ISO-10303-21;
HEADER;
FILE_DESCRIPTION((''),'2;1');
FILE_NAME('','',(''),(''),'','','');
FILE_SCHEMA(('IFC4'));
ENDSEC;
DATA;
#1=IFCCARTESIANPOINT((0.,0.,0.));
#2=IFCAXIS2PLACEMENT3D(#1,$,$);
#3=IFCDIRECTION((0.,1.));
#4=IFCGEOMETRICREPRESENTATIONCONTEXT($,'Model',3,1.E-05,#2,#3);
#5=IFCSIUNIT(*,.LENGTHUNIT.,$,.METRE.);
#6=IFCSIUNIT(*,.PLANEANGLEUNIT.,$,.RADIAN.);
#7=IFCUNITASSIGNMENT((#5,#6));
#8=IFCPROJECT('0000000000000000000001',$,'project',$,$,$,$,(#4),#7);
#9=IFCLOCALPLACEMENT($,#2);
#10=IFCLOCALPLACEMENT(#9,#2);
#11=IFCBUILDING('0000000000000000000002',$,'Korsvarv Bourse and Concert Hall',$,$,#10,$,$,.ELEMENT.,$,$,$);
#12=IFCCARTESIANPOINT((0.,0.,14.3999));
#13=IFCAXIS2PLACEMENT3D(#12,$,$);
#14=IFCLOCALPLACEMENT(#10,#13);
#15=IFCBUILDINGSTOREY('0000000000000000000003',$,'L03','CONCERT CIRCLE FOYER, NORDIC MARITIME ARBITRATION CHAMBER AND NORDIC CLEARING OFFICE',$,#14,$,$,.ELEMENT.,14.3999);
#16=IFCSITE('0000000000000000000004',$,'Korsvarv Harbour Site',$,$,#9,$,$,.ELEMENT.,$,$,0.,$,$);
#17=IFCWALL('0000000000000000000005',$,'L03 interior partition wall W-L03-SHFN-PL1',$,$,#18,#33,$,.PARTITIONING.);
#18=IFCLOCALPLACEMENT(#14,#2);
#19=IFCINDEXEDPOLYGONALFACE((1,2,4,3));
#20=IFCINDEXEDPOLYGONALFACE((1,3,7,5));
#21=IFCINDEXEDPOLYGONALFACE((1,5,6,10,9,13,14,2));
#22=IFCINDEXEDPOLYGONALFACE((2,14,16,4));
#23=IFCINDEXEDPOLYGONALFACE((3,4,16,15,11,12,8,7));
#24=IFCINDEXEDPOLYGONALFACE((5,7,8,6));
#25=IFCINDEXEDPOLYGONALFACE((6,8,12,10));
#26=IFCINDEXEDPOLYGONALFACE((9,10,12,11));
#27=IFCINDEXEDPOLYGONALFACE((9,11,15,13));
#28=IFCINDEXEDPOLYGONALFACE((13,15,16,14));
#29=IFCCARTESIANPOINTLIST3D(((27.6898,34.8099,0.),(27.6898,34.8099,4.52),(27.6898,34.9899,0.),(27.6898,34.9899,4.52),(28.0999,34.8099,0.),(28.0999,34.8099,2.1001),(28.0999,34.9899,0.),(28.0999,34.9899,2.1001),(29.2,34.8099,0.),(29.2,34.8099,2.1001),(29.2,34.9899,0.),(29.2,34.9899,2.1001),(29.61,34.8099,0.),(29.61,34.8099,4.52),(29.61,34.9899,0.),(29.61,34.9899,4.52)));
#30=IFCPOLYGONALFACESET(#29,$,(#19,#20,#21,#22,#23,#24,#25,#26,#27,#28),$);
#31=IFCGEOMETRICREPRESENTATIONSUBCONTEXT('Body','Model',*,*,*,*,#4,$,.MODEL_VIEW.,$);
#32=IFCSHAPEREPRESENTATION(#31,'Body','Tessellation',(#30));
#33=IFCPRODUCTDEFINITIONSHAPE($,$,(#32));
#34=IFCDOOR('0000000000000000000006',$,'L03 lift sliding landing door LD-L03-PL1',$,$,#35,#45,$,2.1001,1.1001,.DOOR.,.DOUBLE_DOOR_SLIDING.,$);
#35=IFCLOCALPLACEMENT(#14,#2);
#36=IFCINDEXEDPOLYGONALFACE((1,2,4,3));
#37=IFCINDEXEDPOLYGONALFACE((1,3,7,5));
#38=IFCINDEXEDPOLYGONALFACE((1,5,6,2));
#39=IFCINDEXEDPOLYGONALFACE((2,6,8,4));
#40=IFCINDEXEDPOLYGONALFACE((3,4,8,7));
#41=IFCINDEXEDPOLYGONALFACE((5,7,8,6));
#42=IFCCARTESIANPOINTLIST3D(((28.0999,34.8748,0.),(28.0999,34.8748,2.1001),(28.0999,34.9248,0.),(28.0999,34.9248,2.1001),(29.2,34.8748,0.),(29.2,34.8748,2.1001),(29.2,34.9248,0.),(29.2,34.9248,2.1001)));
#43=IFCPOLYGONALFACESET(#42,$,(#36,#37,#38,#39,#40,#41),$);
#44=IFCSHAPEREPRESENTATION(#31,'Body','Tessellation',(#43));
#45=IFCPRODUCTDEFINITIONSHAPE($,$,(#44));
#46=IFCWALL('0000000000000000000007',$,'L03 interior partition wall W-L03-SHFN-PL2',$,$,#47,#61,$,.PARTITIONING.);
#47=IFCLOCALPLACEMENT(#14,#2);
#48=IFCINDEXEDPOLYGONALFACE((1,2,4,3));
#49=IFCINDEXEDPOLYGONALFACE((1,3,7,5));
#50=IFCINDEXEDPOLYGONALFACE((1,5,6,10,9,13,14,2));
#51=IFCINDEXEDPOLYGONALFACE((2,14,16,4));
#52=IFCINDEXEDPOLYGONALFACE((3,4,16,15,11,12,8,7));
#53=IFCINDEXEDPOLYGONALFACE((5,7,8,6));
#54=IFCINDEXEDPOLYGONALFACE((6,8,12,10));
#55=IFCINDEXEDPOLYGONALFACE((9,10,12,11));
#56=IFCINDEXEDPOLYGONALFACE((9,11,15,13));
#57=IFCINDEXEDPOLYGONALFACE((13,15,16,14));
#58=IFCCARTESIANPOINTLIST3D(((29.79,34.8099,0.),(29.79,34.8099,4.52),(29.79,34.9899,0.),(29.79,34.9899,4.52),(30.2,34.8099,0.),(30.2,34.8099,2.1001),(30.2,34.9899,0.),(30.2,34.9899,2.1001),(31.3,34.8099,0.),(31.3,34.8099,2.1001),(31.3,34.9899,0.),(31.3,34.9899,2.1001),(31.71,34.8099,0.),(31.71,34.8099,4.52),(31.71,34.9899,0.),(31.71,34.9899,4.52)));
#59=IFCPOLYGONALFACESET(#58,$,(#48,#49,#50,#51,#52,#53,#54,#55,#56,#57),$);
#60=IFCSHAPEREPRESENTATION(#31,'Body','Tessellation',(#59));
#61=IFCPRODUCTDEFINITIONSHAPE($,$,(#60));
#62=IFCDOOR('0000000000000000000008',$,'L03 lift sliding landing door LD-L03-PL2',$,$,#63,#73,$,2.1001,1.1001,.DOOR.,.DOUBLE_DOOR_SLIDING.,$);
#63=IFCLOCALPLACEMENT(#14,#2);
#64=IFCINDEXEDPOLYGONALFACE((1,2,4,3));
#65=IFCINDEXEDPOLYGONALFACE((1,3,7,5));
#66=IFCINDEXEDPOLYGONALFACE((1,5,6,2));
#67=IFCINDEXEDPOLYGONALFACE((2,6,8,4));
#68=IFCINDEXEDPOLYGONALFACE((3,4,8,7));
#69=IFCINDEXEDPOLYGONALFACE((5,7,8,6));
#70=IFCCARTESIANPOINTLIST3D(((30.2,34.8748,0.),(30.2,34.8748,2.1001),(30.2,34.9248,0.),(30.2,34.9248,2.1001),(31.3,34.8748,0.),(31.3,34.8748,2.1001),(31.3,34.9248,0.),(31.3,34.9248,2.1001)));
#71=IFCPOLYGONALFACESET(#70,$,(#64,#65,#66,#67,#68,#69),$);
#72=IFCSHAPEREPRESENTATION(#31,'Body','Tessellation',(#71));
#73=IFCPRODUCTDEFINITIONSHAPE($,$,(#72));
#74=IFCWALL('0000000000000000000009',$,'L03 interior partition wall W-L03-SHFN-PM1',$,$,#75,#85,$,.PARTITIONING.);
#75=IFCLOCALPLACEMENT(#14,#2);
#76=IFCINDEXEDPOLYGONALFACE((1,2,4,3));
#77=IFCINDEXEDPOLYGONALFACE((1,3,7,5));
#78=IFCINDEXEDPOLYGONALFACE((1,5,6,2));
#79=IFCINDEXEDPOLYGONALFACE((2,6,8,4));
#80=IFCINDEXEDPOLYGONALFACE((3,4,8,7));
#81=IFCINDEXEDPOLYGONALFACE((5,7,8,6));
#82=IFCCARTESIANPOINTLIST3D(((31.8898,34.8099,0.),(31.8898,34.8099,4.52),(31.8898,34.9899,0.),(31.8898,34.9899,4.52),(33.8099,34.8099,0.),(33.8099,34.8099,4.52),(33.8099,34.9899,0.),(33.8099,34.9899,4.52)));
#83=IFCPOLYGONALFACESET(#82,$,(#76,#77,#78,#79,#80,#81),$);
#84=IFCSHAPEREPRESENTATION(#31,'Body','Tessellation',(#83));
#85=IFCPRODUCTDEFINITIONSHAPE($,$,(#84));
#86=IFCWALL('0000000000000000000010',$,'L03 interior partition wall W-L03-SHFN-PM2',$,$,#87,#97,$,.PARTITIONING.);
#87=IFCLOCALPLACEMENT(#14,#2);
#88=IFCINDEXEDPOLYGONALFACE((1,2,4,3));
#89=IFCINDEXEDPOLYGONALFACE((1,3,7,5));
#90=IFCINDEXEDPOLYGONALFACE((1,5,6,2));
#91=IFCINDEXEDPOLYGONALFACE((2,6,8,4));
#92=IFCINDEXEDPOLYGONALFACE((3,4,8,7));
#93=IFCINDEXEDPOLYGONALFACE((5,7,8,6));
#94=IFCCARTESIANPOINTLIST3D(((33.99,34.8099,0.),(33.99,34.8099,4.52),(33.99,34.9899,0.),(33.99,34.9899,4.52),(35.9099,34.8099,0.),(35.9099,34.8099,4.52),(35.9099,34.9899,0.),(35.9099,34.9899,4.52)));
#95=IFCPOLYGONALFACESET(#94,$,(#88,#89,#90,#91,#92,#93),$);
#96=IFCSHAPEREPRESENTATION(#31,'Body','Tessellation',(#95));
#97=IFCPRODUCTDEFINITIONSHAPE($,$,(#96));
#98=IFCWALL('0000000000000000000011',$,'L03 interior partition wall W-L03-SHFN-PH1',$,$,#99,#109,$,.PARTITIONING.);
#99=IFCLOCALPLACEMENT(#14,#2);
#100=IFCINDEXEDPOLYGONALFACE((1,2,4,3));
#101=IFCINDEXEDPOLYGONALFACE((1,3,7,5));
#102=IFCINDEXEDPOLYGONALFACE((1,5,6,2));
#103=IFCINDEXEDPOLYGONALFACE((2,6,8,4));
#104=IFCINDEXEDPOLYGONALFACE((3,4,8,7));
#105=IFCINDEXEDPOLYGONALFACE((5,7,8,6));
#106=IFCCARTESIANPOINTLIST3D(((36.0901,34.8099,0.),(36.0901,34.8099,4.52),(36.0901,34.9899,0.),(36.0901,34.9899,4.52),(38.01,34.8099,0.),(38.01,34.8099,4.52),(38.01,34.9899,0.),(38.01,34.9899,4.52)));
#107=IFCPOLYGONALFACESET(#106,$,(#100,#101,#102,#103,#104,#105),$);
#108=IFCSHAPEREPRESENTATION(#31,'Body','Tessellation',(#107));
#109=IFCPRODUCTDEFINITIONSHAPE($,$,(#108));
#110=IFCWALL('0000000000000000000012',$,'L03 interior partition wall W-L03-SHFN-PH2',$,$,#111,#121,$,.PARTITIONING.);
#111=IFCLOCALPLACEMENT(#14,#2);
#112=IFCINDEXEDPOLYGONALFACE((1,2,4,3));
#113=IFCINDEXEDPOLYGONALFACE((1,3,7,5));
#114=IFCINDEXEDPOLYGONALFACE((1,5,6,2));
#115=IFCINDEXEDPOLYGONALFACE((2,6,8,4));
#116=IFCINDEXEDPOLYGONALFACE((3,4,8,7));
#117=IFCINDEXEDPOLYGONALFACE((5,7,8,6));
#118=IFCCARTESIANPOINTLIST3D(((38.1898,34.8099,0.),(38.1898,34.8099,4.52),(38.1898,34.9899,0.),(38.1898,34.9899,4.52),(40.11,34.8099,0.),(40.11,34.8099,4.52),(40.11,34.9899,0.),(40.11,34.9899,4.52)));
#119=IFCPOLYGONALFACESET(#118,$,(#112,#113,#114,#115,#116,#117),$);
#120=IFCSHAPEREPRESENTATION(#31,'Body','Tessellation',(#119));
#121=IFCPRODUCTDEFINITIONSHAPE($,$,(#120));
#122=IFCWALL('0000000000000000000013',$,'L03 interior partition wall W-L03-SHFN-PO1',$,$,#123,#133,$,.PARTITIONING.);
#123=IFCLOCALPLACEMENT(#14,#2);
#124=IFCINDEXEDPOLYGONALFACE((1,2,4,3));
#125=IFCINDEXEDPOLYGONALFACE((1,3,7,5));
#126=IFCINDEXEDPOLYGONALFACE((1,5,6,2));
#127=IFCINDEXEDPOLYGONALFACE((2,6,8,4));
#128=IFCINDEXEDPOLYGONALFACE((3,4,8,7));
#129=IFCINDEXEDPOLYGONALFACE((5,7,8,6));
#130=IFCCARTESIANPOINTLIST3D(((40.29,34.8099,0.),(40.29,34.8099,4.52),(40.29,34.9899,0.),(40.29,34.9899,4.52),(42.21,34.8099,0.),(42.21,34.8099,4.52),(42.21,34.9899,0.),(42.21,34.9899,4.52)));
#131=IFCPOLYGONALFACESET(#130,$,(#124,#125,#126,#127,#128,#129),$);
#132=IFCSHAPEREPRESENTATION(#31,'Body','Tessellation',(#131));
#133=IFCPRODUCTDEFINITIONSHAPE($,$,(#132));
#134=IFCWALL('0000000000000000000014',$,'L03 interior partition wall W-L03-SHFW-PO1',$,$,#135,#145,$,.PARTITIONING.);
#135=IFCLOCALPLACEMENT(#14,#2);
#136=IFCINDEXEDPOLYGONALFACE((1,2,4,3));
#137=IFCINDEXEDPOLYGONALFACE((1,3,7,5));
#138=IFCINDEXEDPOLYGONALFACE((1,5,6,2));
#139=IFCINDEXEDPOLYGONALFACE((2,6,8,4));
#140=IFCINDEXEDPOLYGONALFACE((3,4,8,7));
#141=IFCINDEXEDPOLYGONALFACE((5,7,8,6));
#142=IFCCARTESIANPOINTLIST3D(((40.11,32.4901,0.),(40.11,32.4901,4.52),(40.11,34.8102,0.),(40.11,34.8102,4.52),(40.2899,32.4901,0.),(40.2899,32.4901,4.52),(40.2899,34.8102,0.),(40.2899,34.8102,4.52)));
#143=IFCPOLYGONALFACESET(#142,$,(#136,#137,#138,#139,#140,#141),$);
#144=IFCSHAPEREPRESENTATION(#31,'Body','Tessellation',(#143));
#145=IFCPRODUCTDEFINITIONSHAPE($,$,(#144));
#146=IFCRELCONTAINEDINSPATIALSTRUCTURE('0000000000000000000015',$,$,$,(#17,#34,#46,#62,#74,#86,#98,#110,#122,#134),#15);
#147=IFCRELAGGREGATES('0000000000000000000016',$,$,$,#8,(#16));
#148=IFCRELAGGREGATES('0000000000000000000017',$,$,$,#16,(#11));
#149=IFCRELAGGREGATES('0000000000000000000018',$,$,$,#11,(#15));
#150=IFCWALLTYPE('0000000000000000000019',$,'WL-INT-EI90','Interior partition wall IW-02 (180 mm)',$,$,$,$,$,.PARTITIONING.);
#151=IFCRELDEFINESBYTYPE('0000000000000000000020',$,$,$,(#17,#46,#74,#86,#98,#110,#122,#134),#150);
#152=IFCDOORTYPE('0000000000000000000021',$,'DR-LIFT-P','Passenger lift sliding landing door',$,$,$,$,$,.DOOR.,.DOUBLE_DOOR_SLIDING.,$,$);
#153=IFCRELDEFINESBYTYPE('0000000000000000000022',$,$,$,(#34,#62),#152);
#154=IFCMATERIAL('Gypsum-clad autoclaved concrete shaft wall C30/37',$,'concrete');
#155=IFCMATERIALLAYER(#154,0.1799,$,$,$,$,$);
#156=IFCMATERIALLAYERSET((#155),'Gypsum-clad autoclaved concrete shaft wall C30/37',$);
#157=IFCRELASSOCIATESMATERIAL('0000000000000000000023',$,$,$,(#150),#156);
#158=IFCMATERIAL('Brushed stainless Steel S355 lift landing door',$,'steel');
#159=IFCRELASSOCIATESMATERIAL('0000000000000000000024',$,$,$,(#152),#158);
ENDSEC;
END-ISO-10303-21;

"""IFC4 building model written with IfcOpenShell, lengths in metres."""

from ifc_helpers import new_model, si_unit, direction, frame, frame_2d, origin, place, context, subcontext, project, spatial, rectangle, extrude, material, layer, layer_set, type_object, element, fill, save


model = new_model("IFC4")

# Units and contexts
model_context = context("Model", 3, precision=1e-05, world=origin(), true_north=direction((0.0, 1.0)))
body_context = subcontext(model_context, "Body", "Model", "MODEL_VIEW")
ifc_project = project(units=[si_unit("LENGTHUNIT", "METRE"), si_unit("PLANEANGLEUNIT", "RADIAN")], contexts=[model_context])

# Site, building, storey
site_placement = place(None, origin())
site = spatial("IfcSite", under=ifc_project, at=site_placement, Name="Korsvarv Harbour Site", CompositionType="ELEMENT", RefElevation=0.0)
building_placement = place(site_placement, origin())
building = spatial("IfcBuilding", under=site, at=building_placement, Name="Korsvarv Bourse and Concert Hall", CompositionType="ELEMENT")
storey_placement = place(building_placement, frame((0.0, 0.0, 14.3999)))
storey = spatial("IfcBuildingStorey", under=building, at=storey_placement, Name="L03", Description="CONCERT CIRCLE FOYER, NORDIC MARITIME ARBITRATION CHAMBER AND NORDIC CLEARING OFFICE", CompositionType="ELEMENT", Elevation=14.3999)

# Walls, openings, doors
ifc_material_1 = material(Name="Gypsum-clad autoclaved concrete shaft wall C30/37", Category="concrete")
ifc_layer_1 = layer(ifc_material_1, 0.1799)
ifc_layer_set_1 = layer_set([ifc_layer_1], Name="Gypsum-clad autoclaved concrete shaft wall C30/37")
wall_type_1 = type_object("IfcWallType", Name="WL-INT-EI90", Description="Interior partition wall IW-02 (180 mm)", PredefinedType="PARTITIONING", material=ifc_layer_set_1)
wall_1_placement = place(storey_placement, frame((27.6899, 34.8999, 0.0), z_axis=(0.0, 0.0, 1.0), x_axis=(1.0, 0.0, 0.0)))
wall_1 = element("IfcWall", 1, at=wall_1_placement, inside=storey, type_object=wall_type_1, Name="L03 interior partition wall W-L03-SHFN-PL1", PredefinedType="PARTITIONING", context=body_context, shape_type="SweptSolid", body=[
    extrude(rectangle(XDim=1.9202, YDim=0.1799, at=frame_2d((0.96, 0.0))), origin(), (0.0, 0.0, 1.0), 4.52),
])
opening_1_placement = place(wall_1_placement, frame((0.4099, 0.0, 0.0)))
opening_1 = element("IfcOpeningElement", 2, at=opening_1_placement, cuts=wall_1, PredefinedType="OPENING", context=body_context, shape_type="SweptSolid", body=[
    extrude(rectangle(XDim=1.1001, YDim=2.1001, at=frame_2d((0.55, 1.05))), frame((0.0, 0.1001, 0.0), z_axis=(0.0, -1.0, 0.0), x_axis=(1.0, 0.0, 0.0)), (0.0, 0.0, 1.0), 0.2),
])
ifc_material_2 = material(Name="Brushed stainless Steel S355 lift landing door", Category="steel")
door_type_1 = type_object("IfcDoorType", Name="DR-LIFT-P", Description="Passenger lift sliding landing door", OperationType="DOUBLE_DOOR_SLIDING", PredefinedType="DOOR", material=ifc_material_2)
door_1_placement = place(opening_1_placement, origin())
door_1 = element("IfcDoor", 3, at=door_1_placement, inside=storey, type_object=door_type_1, Name="L03 lift sliding landing door LD-L03-PL1", OperationType="DOUBLE_DOOR_SLIDING", OverallHeight=2.1001, OverallWidth=1.1001, PredefinedType="DOOR", context=body_context, shape_type="SweptSolid", body=[
    extrude(rectangle(XDim=1.1001, YDim=2.1001, at=frame_2d((0.55, 1.05))), frame((0.0, 0.0249, 0.0), z_axis=(0.0, -1.0, 0.0), x_axis=(1.0, 0.0, 0.0)), (0.0, 0.0, 1.0), 0.05),
])
fill(opening_1, door_1)
wall_2_placement = place(storey_placement, frame((29.79, 34.8999, 0.0), z_axis=(0.0, 0.0, 1.0), x_axis=(1.0, 0.0, 0.0)))
wall_2 = element("IfcWall", 4, at=wall_2_placement, inside=storey, type_object=wall_type_1, Name="L03 interior partition wall W-L03-SHFN-PL2", PredefinedType="PARTITIONING", context=body_context, shape_type="SweptSolid", body=[
    extrude(rectangle(XDim=1.9199, YDim=0.1799, at=frame_2d((0.96, 0.0))), origin(), (0.0, 0.0, 1.0), 4.52),
])
opening_2_placement = place(wall_2_placement, frame((0.4099, 0.0, 0.0)))
opening_2 = element("IfcOpeningElement", 5, at=opening_2_placement, cuts=wall_2, PredefinedType="OPENING", context=body_context, shape_type="SweptSolid", body=[
    extrude(rectangle(XDim=1.1001, YDim=2.1001, at=frame_2d((0.55, 1.05))), frame((0.0, 0.1001, 0.0), z_axis=(0.0, -1.0, 0.0), x_axis=(1.0, 0.0, 0.0)), (0.0, 0.0, 1.0), 0.2),
])
door_2_placement = place(opening_2_placement, origin())
door_2 = element("IfcDoor", 6, at=door_2_placement, inside=storey, type_object=door_type_1, Name="L03 lift sliding landing door LD-L03-PL2", OperationType="DOUBLE_DOOR_SLIDING", OverallHeight=2.1001, OverallWidth=1.1001, PredefinedType="DOOR", context=body_context, shape_type="SweptSolid", body=[
    extrude(rectangle(XDim=1.1001, YDim=2.1001, at=frame_2d((0.55, 1.05))), frame((0.0, 0.0249, 0.0), z_axis=(0.0, -1.0, 0.0), x_axis=(1.0, 0.0, 0.0)), (0.0, 0.0, 1.0), 0.05),
])
fill(opening_2, door_2)

# Walls
wall_3_placement = place(storey_placement, frame((31.8899, 34.8999, 0.0), z_axis=(0.0, 0.0, 1.0), x_axis=(1.0, 0.0, 0.0)))
element("IfcWall", 7, at=wall_3_placement, inside=storey, type_object=wall_type_1, Name="L03 interior partition wall W-L03-SHFN-PM1", PredefinedType="PARTITIONING", context=body_context, shape_type="SweptSolid", body=[
    extrude(rectangle(XDim=1.9202, YDim=0.1799, at=frame_2d((0.96, 0.0))), origin(), (0.0, 0.0, 1.0), 4.52),
])
for number, where, z_axis, x_axis, name in (
    (8, (33.99, 34.8999, 0.0), (0.0, 0.0, 1.0), (1.0, 0.0, 0.0), "L03 interior partition wall W-L03-SHFN-PM2"),
    (9, (36.0901, 34.8999, 0.0), (0.0, 0.0, 1.0), (1.0, 0.0, 0.0), "L03 interior partition wall W-L03-SHFN-PH1"),
):
    element("IfcWall", number, at=place(storey_placement, frame(where, z_axis=z_axis, x_axis=x_axis)), inside=storey, type_object=wall_type_1, Name=name, PredefinedType="PARTITIONING", context=body_context, shape_type="SweptSolid", body=[
        extrude(rectangle(XDim=1.9199, YDim=0.1799, at=frame_2d((0.96, 0.0))), origin(), (0.0, 0.0, 1.0), 4.52),
    ])
wall_4_placement = place(storey_placement, frame((38.1899, 34.8999, 0.0), z_axis=(0.0, 0.0, 1.0), x_axis=(1.0, 0.0, 0.0)))
element("IfcWall", 10, at=wall_4_placement, inside=storey, type_object=wall_type_1, Name="L03 interior partition wall W-L03-SHFN-PH2", PredefinedType="PARTITIONING", context=body_context, shape_type="SweptSolid", body=[
    extrude(rectangle(XDim=1.9202, YDim=0.1799, at=frame_2d((0.96, 0.0))), origin(), (0.0, 0.0, 1.0), 4.52),
])
wall_5_placement = place(storey_placement, frame((40.29, 34.8999, 0.0), z_axis=(0.0, 0.0, 1.0), x_axis=(1.0, 0.0, 0.0)))
element("IfcWall", 11, at=wall_5_placement, inside=storey, type_object=wall_type_1, Name="L03 interior partition wall W-L03-SHFN-PO1", PredefinedType="PARTITIONING", context=body_context, shape_type="SweptSolid", body=[
    extrude(rectangle(XDim=1.9199, YDim=0.1799, at=frame_2d((0.96, 0.0))), origin(), (0.0, 0.0, 1.0), 4.52),
])
wall_6_placement = place(storey_placement, frame((40.2, 32.49, 0.0), z_axis=(0.0, 0.0, 1.0), x_axis=(0.0, 1.0, 0.0)))
element("IfcWall", 12, at=wall_6_placement, inside=storey, type_object=wall_type_1, Name="L03 interior partition wall W-L03-SHFW-PO1", PredefinedType="PARTITIONING", context=body_context, shape_type="SweptSolid", body=[
    extrude(rectangle(XDim=2.3201, YDim=0.1799, at=frame_2d((1.1602, 0.0))), origin(), (0.0, 0.0, 1.0), 4.52),
])

save(model, "model.ifc")
